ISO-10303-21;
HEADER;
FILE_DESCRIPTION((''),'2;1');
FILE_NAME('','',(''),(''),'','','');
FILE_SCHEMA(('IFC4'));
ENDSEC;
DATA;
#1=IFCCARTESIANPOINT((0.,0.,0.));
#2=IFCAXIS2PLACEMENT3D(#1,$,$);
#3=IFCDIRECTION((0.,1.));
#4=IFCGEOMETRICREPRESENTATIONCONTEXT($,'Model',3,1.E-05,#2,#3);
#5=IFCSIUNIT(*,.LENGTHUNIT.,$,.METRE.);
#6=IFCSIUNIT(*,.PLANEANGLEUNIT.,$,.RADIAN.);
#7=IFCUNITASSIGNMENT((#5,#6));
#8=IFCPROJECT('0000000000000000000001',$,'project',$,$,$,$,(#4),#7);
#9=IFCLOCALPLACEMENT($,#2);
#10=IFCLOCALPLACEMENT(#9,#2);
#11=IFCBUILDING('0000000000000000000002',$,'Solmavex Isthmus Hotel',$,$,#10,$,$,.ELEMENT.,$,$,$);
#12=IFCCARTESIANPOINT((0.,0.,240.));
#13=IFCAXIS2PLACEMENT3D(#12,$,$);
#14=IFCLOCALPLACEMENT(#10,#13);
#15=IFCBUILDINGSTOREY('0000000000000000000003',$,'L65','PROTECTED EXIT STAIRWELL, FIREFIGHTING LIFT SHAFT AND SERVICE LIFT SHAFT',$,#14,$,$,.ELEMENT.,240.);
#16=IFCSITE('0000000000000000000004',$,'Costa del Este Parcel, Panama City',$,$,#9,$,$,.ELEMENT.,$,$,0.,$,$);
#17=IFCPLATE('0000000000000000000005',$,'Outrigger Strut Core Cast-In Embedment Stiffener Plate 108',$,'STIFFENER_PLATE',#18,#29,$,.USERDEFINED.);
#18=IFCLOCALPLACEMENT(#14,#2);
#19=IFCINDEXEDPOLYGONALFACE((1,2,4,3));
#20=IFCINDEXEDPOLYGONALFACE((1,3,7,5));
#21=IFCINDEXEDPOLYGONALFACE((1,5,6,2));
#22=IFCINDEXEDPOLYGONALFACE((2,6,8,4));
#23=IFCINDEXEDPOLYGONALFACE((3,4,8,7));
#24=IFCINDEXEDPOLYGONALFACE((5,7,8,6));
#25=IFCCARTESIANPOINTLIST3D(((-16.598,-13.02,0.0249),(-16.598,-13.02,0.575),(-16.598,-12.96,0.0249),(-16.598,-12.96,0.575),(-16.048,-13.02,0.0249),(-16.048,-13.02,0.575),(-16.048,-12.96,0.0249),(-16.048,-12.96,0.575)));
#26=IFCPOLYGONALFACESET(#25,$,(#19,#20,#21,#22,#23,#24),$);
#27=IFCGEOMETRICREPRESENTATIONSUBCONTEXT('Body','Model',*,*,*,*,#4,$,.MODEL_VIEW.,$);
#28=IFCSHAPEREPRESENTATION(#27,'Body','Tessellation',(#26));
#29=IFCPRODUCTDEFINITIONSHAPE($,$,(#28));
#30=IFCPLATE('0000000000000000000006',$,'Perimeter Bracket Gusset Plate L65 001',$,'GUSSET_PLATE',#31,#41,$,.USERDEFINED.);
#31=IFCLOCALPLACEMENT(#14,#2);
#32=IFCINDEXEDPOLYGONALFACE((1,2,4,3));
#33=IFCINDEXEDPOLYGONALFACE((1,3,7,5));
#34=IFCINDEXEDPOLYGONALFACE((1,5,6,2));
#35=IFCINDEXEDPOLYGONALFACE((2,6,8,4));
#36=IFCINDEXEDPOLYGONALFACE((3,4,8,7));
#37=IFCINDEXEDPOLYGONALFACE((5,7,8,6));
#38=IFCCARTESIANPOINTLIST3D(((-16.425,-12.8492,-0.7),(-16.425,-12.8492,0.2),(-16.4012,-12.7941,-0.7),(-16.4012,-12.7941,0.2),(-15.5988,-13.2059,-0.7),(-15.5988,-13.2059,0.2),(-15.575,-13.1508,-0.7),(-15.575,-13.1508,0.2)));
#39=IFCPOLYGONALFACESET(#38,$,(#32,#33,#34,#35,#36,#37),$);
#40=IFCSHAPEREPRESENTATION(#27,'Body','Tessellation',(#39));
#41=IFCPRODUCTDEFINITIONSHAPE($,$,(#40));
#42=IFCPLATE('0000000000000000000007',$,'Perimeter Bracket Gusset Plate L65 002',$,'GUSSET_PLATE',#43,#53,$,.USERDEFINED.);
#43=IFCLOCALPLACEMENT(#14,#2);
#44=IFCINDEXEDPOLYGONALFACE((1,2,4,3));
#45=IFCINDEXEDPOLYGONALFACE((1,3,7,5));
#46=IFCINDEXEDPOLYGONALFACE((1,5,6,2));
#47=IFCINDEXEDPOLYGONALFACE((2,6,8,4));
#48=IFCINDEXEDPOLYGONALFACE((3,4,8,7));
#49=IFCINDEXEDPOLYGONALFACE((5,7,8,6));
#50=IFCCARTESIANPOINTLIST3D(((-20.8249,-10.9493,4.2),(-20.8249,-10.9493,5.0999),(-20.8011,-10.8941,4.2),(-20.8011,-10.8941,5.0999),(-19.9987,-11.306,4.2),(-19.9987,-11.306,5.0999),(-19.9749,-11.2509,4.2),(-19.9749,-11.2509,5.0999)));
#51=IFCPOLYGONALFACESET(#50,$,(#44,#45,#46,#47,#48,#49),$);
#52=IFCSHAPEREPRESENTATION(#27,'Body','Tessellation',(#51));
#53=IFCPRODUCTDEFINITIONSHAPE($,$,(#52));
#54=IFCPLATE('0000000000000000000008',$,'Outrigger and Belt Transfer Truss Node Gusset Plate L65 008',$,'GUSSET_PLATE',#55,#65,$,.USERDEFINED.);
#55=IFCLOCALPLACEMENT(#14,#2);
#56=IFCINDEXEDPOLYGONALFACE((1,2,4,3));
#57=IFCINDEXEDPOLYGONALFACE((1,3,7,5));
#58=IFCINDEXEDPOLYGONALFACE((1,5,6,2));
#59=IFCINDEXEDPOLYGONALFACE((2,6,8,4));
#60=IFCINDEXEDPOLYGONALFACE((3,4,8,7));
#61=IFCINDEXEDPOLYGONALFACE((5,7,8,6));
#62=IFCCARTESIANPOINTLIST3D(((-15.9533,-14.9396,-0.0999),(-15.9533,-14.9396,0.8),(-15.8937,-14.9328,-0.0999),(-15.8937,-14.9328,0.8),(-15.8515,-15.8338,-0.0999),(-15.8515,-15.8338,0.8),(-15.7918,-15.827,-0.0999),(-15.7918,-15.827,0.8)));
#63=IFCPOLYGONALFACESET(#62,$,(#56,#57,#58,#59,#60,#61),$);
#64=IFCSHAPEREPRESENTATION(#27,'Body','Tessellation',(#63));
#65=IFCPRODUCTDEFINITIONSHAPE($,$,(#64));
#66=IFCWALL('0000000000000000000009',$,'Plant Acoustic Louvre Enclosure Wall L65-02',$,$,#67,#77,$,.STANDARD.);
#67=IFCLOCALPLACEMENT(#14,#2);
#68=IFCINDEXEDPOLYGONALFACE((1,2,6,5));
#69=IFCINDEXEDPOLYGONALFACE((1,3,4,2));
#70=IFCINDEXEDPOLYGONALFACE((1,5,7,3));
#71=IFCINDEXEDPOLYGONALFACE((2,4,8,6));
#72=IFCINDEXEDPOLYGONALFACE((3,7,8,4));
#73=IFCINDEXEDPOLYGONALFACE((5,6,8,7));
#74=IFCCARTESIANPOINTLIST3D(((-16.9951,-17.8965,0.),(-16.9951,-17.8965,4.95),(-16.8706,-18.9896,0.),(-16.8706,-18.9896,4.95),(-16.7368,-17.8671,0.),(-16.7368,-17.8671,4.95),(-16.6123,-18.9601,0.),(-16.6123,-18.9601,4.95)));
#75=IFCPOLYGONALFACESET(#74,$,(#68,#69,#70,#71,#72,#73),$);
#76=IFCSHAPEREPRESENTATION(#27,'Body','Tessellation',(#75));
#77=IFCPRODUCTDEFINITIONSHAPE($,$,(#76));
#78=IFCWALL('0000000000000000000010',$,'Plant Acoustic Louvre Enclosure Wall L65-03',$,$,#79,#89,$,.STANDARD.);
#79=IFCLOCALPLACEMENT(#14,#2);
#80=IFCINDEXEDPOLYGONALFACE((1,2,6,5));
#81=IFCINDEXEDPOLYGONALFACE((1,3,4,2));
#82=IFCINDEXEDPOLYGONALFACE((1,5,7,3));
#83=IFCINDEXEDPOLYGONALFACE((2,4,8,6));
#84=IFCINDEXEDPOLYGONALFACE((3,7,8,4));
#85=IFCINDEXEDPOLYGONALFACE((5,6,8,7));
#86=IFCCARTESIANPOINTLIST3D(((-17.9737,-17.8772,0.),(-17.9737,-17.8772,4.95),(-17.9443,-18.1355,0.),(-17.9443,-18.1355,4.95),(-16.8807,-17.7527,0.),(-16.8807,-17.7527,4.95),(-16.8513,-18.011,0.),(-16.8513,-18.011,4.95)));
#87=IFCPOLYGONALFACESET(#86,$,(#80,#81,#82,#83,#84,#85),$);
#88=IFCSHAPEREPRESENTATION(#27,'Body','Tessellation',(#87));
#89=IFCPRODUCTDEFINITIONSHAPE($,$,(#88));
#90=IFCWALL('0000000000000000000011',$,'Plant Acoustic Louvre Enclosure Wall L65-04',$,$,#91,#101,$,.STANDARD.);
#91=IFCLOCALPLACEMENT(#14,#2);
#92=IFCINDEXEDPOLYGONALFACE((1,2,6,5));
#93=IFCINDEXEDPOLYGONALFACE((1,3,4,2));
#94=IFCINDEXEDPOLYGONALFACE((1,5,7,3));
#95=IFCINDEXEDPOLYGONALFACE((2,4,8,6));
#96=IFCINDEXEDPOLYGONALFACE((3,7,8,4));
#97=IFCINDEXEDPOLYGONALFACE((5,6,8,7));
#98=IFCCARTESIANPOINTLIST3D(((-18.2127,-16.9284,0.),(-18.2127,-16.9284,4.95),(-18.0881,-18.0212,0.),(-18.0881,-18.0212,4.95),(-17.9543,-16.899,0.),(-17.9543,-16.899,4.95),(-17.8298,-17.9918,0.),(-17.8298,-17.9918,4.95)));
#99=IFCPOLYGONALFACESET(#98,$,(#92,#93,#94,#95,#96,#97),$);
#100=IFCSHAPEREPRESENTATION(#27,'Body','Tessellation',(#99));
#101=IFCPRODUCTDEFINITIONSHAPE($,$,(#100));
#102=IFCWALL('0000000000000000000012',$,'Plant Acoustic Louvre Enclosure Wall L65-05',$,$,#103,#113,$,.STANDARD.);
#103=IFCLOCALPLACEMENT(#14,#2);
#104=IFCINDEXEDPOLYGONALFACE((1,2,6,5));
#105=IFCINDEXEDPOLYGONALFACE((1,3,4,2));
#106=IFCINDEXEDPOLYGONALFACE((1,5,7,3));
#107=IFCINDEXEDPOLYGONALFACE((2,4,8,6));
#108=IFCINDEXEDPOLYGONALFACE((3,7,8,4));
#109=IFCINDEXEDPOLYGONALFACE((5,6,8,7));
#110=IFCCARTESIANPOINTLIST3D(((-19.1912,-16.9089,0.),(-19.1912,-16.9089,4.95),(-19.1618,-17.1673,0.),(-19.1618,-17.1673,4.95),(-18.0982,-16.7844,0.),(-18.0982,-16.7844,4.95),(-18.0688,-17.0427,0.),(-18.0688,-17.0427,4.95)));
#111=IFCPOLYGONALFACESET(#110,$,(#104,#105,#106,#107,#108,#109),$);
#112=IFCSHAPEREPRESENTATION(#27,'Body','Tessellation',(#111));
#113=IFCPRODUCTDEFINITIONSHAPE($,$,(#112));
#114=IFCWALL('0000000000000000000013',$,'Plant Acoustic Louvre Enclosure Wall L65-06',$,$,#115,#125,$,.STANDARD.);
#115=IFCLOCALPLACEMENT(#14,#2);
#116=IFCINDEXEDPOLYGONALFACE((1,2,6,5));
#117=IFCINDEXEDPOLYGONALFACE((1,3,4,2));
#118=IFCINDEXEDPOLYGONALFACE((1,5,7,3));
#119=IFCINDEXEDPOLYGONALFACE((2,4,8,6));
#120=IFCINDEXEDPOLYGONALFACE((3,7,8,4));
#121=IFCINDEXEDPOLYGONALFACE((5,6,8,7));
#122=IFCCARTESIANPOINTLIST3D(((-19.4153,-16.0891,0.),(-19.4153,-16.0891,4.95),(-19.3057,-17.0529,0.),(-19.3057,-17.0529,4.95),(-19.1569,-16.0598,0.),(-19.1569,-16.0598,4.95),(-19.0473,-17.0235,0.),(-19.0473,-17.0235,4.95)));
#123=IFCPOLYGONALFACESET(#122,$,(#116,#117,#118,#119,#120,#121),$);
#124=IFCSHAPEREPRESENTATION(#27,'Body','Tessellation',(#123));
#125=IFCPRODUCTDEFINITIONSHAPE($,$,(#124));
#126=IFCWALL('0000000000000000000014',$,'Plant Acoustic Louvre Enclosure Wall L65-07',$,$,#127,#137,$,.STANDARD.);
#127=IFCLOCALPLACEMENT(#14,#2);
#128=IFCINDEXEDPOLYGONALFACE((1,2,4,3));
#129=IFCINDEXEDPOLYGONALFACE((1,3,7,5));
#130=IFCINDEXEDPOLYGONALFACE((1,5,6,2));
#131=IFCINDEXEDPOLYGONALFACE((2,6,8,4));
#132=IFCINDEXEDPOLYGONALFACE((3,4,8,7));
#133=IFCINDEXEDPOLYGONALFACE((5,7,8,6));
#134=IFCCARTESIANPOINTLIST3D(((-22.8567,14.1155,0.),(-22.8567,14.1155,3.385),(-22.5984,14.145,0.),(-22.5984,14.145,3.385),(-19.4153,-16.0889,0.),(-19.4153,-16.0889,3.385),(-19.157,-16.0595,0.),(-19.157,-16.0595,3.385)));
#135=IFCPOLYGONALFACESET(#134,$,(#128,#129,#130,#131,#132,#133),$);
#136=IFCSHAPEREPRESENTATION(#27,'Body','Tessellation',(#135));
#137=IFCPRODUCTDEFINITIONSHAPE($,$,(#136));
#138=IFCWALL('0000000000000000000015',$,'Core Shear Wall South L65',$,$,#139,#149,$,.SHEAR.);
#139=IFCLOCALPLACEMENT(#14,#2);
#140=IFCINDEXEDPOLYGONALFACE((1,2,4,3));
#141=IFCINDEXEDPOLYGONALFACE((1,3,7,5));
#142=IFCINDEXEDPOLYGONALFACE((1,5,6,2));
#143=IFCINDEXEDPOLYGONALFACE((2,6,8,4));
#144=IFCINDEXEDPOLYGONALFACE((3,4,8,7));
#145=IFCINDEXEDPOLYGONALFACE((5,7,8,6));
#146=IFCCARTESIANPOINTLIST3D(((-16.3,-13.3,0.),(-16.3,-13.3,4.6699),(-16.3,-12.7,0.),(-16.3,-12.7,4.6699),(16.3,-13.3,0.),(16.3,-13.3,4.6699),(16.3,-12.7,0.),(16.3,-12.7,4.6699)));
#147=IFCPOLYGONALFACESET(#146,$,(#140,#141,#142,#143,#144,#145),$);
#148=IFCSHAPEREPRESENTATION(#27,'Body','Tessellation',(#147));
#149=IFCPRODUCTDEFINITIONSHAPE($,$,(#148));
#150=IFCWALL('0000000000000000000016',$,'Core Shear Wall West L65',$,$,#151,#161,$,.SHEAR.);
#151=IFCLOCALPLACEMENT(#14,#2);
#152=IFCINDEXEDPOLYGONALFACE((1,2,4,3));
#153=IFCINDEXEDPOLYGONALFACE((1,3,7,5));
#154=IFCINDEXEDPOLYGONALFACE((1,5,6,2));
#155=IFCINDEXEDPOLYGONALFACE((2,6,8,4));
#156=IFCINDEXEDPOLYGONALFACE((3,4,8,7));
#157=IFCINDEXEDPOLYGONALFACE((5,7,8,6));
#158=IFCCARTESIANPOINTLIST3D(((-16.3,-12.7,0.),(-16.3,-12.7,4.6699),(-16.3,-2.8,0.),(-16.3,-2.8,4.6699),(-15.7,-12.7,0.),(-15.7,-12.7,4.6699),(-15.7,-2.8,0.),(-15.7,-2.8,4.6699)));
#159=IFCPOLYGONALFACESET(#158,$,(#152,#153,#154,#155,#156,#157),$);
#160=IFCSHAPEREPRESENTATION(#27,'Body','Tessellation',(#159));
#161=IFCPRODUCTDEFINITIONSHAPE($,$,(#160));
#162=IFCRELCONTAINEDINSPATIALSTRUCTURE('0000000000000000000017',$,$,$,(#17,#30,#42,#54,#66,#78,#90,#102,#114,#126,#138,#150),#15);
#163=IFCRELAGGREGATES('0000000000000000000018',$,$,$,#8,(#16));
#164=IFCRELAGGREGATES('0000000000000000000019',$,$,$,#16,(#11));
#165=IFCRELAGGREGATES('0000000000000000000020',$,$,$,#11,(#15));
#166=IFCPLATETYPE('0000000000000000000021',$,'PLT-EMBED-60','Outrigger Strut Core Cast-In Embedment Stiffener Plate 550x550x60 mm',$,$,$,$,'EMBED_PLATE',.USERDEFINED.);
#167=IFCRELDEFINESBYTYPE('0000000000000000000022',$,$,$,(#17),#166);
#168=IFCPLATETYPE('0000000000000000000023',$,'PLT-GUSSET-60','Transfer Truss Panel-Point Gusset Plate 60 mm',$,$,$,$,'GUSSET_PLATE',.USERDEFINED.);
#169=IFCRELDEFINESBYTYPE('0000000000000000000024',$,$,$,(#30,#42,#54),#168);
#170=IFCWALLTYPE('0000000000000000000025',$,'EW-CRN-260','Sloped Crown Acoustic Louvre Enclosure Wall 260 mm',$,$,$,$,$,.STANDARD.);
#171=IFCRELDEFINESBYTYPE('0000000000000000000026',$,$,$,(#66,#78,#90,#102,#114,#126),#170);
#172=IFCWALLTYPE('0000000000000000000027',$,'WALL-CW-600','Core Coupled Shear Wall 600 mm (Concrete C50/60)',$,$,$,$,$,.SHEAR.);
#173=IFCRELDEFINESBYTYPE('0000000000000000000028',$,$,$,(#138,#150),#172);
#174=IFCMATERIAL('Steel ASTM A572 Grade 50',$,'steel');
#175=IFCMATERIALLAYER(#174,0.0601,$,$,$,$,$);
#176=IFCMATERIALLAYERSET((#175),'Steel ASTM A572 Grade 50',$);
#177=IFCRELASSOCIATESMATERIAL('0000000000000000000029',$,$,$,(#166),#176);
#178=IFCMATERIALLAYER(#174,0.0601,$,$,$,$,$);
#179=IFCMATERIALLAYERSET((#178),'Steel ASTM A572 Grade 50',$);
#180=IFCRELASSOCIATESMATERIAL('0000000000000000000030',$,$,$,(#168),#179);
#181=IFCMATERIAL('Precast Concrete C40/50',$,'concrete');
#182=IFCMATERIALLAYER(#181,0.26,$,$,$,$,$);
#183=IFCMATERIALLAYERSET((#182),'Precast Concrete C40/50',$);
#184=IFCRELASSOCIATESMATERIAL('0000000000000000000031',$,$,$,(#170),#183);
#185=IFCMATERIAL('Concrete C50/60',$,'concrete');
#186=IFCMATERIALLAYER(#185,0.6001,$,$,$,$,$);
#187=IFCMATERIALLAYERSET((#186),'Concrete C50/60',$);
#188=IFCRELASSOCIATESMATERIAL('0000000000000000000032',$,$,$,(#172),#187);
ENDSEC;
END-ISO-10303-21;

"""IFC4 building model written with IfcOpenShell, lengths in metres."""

from ifc_helpers import new_model, si_unit, direction, frame, frame_2d, origin, origin_2d, place, context, subcontext, project, spatial, rectangle, extrude, material, layer, layer_set, type_object, element, save


model = new_model("IFC4")

# Units and contexts
model_context = context("Model", 3, precision=1e-05, world=origin(), true_north=direction((0.0, 1.0)))
body_context = subcontext(model_context, "Body", "Model", "MODEL_VIEW")
ifc_project = project(units=[si_unit("LENGTHUNIT", "METRE"), si_unit("PLANEANGLEUNIT", "RADIAN")], contexts=[model_context])

# Site, building, storey
site_placement = place(None, origin())
site = spatial("IfcSite", under=ifc_project, at=site_placement, Name="Costa del Este Parcel, Panama City", CompositionType="ELEMENT", RefElevation=0.0)
building_placement = place(site_placement, origin())
building = spatial("IfcBuilding", under=site, at=building_placement, Name="Solmavex Isthmus Hotel", CompositionType="ELEMENT")
storey_placement = place(building_placement, frame((0.0, 0.0, 240.0)))
storey = spatial("IfcBuildingStorey", under=building, at=storey_placement, Name="L65", Description="PROTECTED EXIT STAIRWELL, FIREFIGHTING LIFT SHAFT AND SERVICE LIFT SHAFT", CompositionType="ELEMENT", Elevation=240.0)

# Shared definitions
ifc_material_1 = material(Name="Concrete C50/60", Category="concrete")

# Plates
ifc_material_2 = material(Name="Steel ASTM A572 Grade 50", Category="steel")
ifc_layer_1 = layer(ifc_material_2, 0.0601)
ifc_layer_set_1 = layer_set([ifc_layer_1], Name="Steel ASTM A572 Grade 50")
plate_type_1 = type_object("IfcPlateType", Name="PLT-EMBED-60", Description="Outrigger Strut Core Cast-In Embedment Stiffener Plate 550x550x60 mm", ElementType="EMBED_PLATE", PredefinedType="USERDEFINED", material=ifc_layer_set_1)
plate_placement = place(storey_placement, frame((-16.323, -12.99, 0.0249), z_axis=(0.0, 0.0, 1.0), x_axis=(1.0, 0.0, 0.0)))
element("IfcPlate", 1, at=plate_placement, inside=storey, type_object=plate_type_1, Name="Outrigger Strut Core Cast-In Embedment Stiffener Plate 108", ObjectType="STIFFENER_PLATE", PredefinedType="USERDEFINED", context=body_context, shape_type="SweptSolid", body=[
    extrude(rectangle(XDim=0.55, YDim=0.0601, at=origin_2d()), origin(), (0.0, 0.0, 1.0), 0.55),
])
ifc_layer_2 = layer(ifc_material_2, 0.0601)
ifc_layer_set_2 = layer_set([ifc_layer_2], Name="Steel ASTM A572 Grade 50")
plate_type_2 = type_object("IfcPlateType", Name="PLT-GUSSET-60", Description="Transfer Truss Panel-Point Gusset Plate 60 mm", ElementType="GUSSET_PLATE", PredefinedType="USERDEFINED", material=ifc_layer_set_2)
for number, where, z_axis, x_axis, name in (
    (2, (-16.0, -13.0, -0.7), (0.0, 0.0, 1.0), (-0.918059, 0.396443, 0.0), "Perimeter Bracket Gusset Plate L65 001"),
    (3, (-20.3999, -11.1001, 4.2), (0.0, 0.0, 1.0), (-0.918059, 0.396443, 0.0), "Perimeter Bracket Gusset Plate L65 002"),
    (4, (-15.8726, -15.3833, -0.0999), (0.0, 0.0, 1.0), (-0.113203, 0.993572, 0.0), "Outrigger and Belt Transfer Truss Node Gusset Plate L65 008"),
):
    element("IfcPlate", number, at=place(storey_placement, frame(where, z_axis=z_axis, x_axis=x_axis)), inside=storey, type_object=plate_type_2, Name=name, ObjectType="GUSSET_PLATE", PredefinedType="USERDEFINED", context=body_context, shape_type="SweptSolid", body=[
        extrude(rectangle(XDim=0.8999, YDim=0.0601, at=origin_2d()), origin(), (0.0, 0.0, 1.0), 0.8999),
    ])

# Walls
ifc_material_3 = material(Name="Precast Concrete C40/50", Category="concrete")
ifc_layer_3 = layer(ifc_material_3, 0.26)
ifc_layer_set_3 = layer_set([ifc_layer_3], Name="Precast Concrete C40/50")
wall_type_1 = type_object("IfcWallType", Name="EW-CRN-260", Description="Sloped Crown Acoustic Louvre Enclosure Wall 260 mm", PredefinedType="STANDARD", material=ifc_layer_set_3)
for number, where, z_axis, x_axis, name in (
    (5, (-16.7415, -18.9749, 0.0), (0.0, 0.0, 1.0), (-0.113184, 0.993574, 0.0), "Plant Acoustic Louvre Enclosure Wall L65-02"),
    (6, (-16.866, -17.8818, 0.0), (0.0, 0.0, 1.0), (-0.993574, -0.113184, 0.0), "Plant Acoustic Louvre Enclosure Wall L65-03"),
):
    element("IfcWall", number, at=place(storey_placement, frame(where, z_axis=z_axis, x_axis=x_axis)), inside=storey, type_object=wall_type_1, Name=name, PredefinedType="STANDARD", context=body_context, shape_type="SweptSolid", body=[
        extrude(rectangle(XDim=1.1001, YDim=0.26, at=frame_2d((0.55, 0.0))), origin(), (0.0, 0.0, 1.0), 4.95),
    ])
wall_1_placement = place(storey_placement, frame((-17.959, -18.0063, 0.0), z_axis=(0.0, 0.0, 1.0), x_axis=(-0.113209, 0.993571, 0.0)))
element("IfcWall", 7, at=wall_1_placement, inside=storey, type_object=wall_type_1, Name="Plant Acoustic Louvre Enclosure Wall L65-04", PredefinedType="STANDARD", context=body_context, shape_type="SweptSolid", body=[
    extrude(rectangle(XDim=1.0999, YDim=0.26, at=frame_2d((0.5498, 0.0))), origin(), (0.0, 0.0, 1.0), 4.95),
])
wall_2_placement = place(storey_placement, frame((-18.0835, -16.9136, 0.0), z_axis=(0.0, 0.0, 1.0), x_axis=(-0.993574, -0.113184, 0.0)))
element("IfcWall", 8, at=wall_2_placement, inside=storey, type_object=wall_type_1, Name="Plant Acoustic Louvre Enclosure Wall L65-05", PredefinedType="STANDARD", context=body_context, shape_type="SweptSolid", body=[
    extrude(rectangle(XDim=1.1001, YDim=0.26, at=frame_2d((0.55, 0.0))), origin(), (0.0, 0.0, 1.0), 4.95),
])
wall_3_placement = place(storey_placement, frame((-19.1765, -17.0381, 0.0), z_axis=(0.0, 0.0, 1.0), x_axis=(-0.113, 0.993595, 0.0)))
element("IfcWall", 9, at=wall_3_placement, inside=storey, type_object=wall_type_1, Name="Plant Acoustic Louvre Enclosure Wall L65-06", PredefinedType="STANDARD", context=body_context, shape_type="SweptSolid", body=[
    extrude(rectangle(XDim=0.97, YDim=0.26, at=frame_2d((0.4849, 0.0))), origin(), (0.0, 0.0, 1.0), 4.95),
])
wall_4_placement = place(storey_placement, frame((-19.2861, -16.0742, 0.0), z_axis=(0.0, 0.0, 1.0), x_axis=(-0.113204, 0.993572, 0.0)))
element("IfcWall", 10, at=wall_4_placement, inside=storey, type_object=wall_type_1, Name="Plant Acoustic Louvre Enclosure Wall L65-07", PredefinedType="STANDARD", context=body_context, shape_type="SweptSolid", body=[
    extrude(rectangle(XDim=30.3999, YDim=0.26, at=frame_2d((15.2, 0.0))), origin(), (0.0, 0.0, 1.0), 3.385),
])
ifc_layer_4 = layer(ifc_material_1, 0.6001)
ifc_layer_set_4 = layer_set([ifc_layer_4], Name="Concrete C50/60")
wall_type_2 = type_object("IfcWallType", Name="WALL-CW-600", Description="Core Coupled Shear Wall 600 mm (Concrete C50/60)", PredefinedType="SHEAR", material=ifc_layer_set_4)
wall_5_placement = place(storey_placement, frame((-16.3, -13.0, 0.0), z_axis=(0.0, 0.0, 1.0), x_axis=(1.0, 0.0, 0.0)))
element("IfcWall", 11, at=wall_5_placement, inside=storey, type_object=wall_type_2, Name="Core Shear Wall South L65", PredefinedType="SHEAR", context=body_context, shape_type="SweptSolid", body=[
    extrude(rectangle(XDim=32.6001, YDim=0.6001, at=frame_2d((16.3, 0.0))), origin(), (0.0, 0.0, 1.0), 4.6699),
])
wall_6_placement = place(storey_placement, frame((-16.0, -12.7, 0.0), z_axis=(0.0, 0.0, 1.0), x_axis=(0.0, 1.0, 0.0)))
element("IfcWall", 12, at=wall_6_placement, inside=storey, type_object=wall_type_2, Name="Core Shear Wall West L65", PredefinedType="SHEAR", context=body_context, shape_type="SweptSolid", body=[
    extrude(rectangle(XDim=9.8999, YDim=0.6001, at=frame_2d((4.95, 0.0))), origin(), (0.0, 0.0, 1.0), 4.6699),
])

save(model, "model.ifc")
